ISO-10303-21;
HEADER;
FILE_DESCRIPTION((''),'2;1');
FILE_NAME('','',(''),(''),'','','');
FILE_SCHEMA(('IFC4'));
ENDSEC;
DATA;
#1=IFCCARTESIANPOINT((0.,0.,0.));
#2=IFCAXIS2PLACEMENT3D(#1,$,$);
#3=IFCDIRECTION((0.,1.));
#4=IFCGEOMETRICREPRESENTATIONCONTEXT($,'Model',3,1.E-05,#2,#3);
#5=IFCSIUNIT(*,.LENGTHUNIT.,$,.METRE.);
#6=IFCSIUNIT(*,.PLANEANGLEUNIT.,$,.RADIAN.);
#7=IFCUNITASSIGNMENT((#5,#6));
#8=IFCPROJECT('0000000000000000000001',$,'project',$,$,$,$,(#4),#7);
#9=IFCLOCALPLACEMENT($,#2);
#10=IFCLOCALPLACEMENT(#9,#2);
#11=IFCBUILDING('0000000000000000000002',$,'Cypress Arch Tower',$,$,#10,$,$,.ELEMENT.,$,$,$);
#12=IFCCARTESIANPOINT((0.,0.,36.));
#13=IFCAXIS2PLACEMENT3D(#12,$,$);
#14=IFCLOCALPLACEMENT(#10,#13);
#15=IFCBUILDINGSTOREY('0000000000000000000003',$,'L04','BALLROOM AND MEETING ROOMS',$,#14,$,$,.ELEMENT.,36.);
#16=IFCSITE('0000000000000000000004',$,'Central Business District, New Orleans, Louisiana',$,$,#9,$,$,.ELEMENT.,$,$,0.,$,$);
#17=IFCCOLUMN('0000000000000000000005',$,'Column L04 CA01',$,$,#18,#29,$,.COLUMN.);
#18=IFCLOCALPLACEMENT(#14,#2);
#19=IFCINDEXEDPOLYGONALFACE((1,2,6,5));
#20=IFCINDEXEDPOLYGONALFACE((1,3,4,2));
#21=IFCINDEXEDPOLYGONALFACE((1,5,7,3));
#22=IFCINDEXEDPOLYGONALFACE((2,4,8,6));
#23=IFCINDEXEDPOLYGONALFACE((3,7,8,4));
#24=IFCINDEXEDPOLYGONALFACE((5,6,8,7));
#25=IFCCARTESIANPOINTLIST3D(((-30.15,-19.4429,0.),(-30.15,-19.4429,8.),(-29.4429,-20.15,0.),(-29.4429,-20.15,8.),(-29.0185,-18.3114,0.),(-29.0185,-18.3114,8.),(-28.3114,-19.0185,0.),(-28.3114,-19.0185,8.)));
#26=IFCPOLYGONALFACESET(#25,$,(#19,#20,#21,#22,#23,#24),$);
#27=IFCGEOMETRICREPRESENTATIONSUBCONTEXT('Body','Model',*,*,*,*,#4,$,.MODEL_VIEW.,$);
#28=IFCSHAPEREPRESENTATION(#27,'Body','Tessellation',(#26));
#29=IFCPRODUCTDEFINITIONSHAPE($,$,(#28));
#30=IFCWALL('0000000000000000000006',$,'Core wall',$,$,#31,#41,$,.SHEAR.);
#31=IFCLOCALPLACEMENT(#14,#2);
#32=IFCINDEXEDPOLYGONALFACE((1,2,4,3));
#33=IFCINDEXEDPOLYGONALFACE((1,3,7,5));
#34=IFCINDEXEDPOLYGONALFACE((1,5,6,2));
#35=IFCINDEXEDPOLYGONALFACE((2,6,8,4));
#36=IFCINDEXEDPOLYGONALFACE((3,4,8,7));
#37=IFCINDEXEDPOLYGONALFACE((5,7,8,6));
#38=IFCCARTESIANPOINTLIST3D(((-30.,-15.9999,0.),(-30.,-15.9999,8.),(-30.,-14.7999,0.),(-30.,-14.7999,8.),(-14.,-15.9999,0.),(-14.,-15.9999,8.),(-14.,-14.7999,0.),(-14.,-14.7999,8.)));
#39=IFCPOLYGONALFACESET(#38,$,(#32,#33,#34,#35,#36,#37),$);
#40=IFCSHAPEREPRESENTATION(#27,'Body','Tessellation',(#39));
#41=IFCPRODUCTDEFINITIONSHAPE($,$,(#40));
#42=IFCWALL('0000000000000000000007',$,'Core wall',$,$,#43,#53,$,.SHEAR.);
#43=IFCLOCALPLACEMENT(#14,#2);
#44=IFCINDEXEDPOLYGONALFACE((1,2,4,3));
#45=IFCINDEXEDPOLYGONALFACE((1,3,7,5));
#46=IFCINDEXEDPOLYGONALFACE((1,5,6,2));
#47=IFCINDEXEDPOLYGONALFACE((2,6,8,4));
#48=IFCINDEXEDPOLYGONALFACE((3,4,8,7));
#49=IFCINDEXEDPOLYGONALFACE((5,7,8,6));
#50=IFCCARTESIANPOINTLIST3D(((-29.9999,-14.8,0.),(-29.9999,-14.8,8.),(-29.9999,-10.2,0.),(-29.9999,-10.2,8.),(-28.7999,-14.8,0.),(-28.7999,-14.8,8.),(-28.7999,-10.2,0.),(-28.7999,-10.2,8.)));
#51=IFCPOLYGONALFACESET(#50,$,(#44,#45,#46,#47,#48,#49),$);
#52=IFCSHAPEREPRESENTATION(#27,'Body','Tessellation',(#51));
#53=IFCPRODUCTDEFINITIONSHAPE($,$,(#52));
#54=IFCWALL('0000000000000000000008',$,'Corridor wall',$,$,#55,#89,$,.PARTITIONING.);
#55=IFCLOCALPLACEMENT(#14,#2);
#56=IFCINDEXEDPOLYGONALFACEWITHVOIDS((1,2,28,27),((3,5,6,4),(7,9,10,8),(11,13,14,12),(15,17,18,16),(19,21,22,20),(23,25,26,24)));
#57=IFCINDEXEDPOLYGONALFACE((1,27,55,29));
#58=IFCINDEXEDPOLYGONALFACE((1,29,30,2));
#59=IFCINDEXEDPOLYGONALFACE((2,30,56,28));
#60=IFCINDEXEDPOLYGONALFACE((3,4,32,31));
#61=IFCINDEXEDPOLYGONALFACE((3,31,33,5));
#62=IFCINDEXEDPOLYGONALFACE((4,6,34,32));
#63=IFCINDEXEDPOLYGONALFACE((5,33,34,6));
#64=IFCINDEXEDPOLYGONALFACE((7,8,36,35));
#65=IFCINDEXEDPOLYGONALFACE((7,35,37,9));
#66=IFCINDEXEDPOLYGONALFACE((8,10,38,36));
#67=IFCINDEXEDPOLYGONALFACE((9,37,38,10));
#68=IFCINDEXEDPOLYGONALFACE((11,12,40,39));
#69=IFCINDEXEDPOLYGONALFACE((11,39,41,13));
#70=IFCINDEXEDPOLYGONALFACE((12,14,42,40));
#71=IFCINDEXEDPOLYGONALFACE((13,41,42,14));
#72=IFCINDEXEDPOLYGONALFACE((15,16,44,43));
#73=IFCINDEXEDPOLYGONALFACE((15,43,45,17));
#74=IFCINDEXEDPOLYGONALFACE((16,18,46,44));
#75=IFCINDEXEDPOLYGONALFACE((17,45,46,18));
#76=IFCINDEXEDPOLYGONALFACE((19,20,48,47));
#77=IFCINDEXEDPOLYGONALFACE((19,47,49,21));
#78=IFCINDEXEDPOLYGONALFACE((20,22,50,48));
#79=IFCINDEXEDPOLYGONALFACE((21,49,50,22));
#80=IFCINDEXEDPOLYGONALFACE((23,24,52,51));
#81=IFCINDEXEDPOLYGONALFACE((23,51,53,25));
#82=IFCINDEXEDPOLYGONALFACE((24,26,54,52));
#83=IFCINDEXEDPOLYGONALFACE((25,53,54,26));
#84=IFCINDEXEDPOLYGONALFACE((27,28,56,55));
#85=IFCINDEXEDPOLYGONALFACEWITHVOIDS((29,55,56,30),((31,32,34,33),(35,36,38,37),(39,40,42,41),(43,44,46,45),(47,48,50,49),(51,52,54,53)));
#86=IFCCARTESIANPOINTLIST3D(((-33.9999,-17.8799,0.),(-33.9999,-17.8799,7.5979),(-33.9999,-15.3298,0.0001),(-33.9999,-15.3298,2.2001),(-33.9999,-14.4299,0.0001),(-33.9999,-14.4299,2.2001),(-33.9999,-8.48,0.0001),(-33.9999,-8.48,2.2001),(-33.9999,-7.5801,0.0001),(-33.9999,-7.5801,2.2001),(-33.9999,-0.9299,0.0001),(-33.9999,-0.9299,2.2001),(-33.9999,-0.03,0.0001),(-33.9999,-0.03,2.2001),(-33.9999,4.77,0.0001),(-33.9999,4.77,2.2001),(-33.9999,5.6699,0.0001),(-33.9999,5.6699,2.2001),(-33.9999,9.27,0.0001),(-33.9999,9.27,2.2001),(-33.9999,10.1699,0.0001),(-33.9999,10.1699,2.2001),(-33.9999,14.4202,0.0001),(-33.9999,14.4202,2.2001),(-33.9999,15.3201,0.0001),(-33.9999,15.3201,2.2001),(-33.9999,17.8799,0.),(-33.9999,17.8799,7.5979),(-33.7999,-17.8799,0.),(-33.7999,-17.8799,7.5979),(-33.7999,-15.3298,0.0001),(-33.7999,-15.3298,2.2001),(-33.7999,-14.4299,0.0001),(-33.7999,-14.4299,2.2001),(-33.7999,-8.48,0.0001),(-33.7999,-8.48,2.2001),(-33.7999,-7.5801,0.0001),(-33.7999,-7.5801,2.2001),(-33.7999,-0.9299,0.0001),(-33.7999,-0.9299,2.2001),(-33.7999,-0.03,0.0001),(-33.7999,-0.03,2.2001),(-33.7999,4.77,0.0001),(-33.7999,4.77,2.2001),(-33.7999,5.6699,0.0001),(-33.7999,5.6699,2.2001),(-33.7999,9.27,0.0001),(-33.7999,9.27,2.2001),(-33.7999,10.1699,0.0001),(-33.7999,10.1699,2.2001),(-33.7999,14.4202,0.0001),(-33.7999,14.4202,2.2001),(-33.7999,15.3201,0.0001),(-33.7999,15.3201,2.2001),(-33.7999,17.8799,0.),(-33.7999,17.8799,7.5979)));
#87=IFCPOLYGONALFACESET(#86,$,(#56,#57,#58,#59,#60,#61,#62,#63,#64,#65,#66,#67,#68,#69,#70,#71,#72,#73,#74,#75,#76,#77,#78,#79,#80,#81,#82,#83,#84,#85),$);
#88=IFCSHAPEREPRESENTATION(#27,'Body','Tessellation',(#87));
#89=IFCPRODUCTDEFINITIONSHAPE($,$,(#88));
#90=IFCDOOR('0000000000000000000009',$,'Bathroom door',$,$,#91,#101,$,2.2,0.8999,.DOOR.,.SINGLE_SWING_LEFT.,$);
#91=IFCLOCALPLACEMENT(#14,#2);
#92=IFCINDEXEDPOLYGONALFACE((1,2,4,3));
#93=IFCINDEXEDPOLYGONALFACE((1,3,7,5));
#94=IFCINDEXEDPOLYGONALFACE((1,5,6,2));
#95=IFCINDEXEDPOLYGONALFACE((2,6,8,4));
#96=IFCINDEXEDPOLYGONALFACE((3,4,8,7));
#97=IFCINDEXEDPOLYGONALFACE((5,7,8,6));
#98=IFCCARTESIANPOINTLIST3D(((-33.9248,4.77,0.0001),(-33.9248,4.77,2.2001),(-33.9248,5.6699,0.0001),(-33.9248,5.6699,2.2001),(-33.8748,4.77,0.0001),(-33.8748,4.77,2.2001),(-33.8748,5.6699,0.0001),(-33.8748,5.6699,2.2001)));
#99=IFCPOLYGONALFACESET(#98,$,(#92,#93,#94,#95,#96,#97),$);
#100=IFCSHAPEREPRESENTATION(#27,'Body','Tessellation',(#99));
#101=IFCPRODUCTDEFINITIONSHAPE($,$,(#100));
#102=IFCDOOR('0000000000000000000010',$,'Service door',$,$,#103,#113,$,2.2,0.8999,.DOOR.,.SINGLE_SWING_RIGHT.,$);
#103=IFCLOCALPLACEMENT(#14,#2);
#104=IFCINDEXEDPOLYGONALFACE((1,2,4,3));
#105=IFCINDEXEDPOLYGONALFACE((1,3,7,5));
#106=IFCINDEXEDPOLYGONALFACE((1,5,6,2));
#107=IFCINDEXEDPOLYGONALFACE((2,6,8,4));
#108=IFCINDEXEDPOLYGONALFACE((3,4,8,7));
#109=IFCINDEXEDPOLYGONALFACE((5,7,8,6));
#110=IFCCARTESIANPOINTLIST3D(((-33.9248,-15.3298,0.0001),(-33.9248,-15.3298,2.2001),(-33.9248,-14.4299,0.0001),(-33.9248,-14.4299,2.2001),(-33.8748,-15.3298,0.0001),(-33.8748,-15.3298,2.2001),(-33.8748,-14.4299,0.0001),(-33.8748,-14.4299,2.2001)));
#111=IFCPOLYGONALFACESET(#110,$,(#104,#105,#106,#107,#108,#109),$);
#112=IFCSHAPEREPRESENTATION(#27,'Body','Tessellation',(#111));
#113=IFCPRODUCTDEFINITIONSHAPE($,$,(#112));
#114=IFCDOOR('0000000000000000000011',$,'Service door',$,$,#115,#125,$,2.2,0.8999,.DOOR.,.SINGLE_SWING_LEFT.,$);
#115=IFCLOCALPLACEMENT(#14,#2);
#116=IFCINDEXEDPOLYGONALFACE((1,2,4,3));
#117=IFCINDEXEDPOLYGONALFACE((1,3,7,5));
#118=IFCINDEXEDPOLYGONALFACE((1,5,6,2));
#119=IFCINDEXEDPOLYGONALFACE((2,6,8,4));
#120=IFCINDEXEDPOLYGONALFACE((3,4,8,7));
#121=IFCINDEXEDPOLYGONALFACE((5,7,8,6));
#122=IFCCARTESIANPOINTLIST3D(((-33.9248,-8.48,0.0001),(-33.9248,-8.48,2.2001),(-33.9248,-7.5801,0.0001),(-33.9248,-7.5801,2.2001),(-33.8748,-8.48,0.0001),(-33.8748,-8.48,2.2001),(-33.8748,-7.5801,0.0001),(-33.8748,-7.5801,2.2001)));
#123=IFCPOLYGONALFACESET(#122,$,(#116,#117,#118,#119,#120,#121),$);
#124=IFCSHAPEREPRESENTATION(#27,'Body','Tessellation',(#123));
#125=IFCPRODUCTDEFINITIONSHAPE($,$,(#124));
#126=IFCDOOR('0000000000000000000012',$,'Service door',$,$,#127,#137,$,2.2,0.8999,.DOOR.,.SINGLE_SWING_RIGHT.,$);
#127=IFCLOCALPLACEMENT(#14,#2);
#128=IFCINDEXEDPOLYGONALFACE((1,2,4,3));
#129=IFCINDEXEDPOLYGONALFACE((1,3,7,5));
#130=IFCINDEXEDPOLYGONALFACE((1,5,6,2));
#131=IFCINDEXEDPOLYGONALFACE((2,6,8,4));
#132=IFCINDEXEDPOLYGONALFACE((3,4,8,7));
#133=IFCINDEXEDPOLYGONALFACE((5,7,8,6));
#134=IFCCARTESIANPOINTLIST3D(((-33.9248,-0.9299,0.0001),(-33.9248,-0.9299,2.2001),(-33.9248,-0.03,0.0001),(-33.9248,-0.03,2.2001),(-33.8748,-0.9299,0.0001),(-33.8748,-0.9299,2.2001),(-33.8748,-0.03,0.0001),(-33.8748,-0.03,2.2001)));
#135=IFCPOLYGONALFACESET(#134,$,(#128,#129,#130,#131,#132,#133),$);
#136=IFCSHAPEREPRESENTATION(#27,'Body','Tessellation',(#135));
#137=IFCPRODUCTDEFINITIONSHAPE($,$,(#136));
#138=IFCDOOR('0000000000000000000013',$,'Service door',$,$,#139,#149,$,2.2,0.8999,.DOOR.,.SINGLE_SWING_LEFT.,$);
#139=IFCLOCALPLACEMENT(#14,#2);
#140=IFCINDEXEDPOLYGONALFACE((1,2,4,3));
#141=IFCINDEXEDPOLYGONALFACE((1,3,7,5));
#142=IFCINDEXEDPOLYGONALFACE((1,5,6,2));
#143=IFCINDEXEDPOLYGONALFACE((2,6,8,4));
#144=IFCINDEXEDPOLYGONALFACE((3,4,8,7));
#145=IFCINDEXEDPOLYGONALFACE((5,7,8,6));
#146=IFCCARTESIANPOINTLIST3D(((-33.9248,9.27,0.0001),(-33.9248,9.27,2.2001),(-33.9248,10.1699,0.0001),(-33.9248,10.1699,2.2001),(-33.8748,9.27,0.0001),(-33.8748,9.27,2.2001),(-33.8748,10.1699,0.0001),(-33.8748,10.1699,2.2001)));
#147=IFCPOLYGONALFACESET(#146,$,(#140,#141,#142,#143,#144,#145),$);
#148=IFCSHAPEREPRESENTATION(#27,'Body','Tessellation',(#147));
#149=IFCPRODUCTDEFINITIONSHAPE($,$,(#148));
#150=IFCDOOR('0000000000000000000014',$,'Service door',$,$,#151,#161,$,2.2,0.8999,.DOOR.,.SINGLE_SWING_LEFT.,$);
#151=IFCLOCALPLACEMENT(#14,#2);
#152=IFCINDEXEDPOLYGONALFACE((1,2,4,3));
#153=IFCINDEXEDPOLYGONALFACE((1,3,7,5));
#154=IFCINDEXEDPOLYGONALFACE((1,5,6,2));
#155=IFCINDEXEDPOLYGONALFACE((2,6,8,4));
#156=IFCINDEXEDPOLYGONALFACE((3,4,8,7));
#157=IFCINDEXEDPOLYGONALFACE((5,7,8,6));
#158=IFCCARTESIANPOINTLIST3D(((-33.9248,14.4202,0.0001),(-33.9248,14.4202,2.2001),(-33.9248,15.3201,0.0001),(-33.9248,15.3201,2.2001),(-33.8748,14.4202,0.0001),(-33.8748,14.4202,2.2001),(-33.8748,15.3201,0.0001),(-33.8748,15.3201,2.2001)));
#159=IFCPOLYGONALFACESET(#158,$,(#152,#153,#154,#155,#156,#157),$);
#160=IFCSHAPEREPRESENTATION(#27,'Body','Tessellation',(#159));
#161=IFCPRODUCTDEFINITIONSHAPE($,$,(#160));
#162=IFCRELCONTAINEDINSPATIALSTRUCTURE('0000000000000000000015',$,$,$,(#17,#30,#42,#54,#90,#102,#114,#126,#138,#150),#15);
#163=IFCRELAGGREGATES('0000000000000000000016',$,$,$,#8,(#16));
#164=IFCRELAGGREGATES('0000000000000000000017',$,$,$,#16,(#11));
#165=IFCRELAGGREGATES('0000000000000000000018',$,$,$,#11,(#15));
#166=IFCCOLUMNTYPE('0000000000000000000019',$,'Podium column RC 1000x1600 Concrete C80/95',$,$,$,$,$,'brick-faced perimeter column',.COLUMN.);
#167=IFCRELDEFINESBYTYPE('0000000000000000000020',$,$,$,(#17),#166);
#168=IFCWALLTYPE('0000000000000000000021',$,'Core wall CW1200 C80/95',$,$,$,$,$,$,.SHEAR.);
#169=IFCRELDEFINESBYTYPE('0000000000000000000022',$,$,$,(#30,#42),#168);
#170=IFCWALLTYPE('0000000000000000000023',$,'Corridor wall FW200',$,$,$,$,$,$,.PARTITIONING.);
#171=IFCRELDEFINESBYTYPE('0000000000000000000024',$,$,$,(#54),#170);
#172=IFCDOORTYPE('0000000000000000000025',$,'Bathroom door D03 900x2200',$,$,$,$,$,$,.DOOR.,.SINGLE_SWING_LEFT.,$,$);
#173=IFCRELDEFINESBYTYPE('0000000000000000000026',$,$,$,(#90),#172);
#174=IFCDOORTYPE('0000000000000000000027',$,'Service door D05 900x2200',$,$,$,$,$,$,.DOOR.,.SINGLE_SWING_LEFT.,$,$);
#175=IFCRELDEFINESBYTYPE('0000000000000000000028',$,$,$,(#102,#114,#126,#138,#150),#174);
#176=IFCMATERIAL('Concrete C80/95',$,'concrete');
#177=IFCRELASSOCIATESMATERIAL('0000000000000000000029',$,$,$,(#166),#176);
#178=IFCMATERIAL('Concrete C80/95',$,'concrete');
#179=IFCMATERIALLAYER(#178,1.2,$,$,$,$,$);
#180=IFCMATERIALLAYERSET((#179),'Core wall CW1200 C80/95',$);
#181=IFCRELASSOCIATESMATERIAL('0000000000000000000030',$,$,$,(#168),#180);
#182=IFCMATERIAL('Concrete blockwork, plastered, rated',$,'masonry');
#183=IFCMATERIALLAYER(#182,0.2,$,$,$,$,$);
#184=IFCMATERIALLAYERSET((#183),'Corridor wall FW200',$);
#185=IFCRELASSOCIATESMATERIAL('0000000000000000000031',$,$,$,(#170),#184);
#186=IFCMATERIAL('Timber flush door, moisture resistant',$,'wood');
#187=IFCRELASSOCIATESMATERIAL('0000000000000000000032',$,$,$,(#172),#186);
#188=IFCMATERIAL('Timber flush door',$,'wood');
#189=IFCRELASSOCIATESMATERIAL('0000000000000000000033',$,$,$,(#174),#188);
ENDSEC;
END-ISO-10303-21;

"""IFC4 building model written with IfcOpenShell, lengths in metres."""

from ifc_helpers import new_model, si_unit, direction, frame, frame_2d, origin, origin_2d, place, context, subcontext, project, spatial, rectangle, extrude, material, layer, layer_set, material_profile, profile_set, type_object, element, fill, save


model = new_model("IFC4")

# Units and contexts
model_context = context("Model", 3, precision=1e-05, world=origin(), true_north=direction((0.0, 1.0)))
body_context = subcontext(model_context, "Body", "Model", "MODEL_VIEW")
ifc_project = project(units=[si_unit("LENGTHUNIT", "METRE"), si_unit("PLANEANGLEUNIT", "RADIAN")], contexts=[model_context])

# Site, building, storey
site_placement = place(None, origin())
site = spatial("IfcSite", under=ifc_project, at=site_placement, Name="Central Business District, New Orleans, Louisiana", CompositionType="ELEMENT", RefElevation=0.0)
building_placement = place(site_placement, origin())
building = spatial("IfcBuilding", under=site, at=building_placement, Name="Cypress Arch Tower", CompositionType="ELEMENT")
storey_placement = place(building_placement, frame((0.0, 0.0, 36.0)))
storey = spatial("IfcBuildingStorey", under=building, at=storey_placement, Name="L04", Description="BALLROOM AND MEETING ROOMS", CompositionType="ELEMENT", Elevation=36.0)

# Column
ifc_material_1 = material(Name="Concrete C80/95", Category="concrete")
ifc_material_profile = material_profile(ifc_material_1, rectangle(XDim=1.0, YDim=1.6001, at=origin_2d()), Name="RC 1000x1600")
ifc_profile_set = profile_set([ifc_material_profile], Name="Concrete C80/95")
column_type = type_object("IfcColumnType", Name="Podium column RC 1000x1600 Concrete C80/95", ElementType="brick-faced perimeter column", PredefinedType="COLUMN", material=ifc_profile_set)
column_placement = place(storey_placement, frame((-29.2307, -19.2307, 0.0), z_axis=(0.0, 0.0, 1.0), x_axis=(0.707107, -0.707107, 0.0)))
element("IfcColumn", 1, at=column_placement, inside=storey, type_object=column_type, Name="Column L04 CA01", PredefinedType="COLUMN", context=body_context, shape_type="SweptSolid", body=[
    extrude(rectangle(XDim=1.0, YDim=1.6001, at=origin_2d()), origin(), (0.0, 0.0, 1.0), 8.0),
])

# Walls
ifc_material_2 = material(Name="Concrete C80/95", Category="concrete")
ifc_layer_1 = layer(ifc_material_2, 1.2)
ifc_layer_set_1 = layer_set([ifc_layer_1], Name="Core wall CW1200 C80/95")
wall_type_1 = type_object("IfcWallType", Name="Core wall CW1200 C80/95", PredefinedType="SHEAR", material=ifc_layer_set_1)
wall_1_placement = place(storey_placement, frame((-30.0, -15.3999, 0.0), z_axis=(0.0, 0.0, 1.0), x_axis=(1.0, 0.0, 0.0)))
element("IfcWall", 2, at=wall_1_placement, inside=storey, type_object=wall_type_1, Name="Core wall", PredefinedType="SHEAR", context=body_context, shape_type="SweptSolid", body=[
    extrude(rectangle(XDim=16.0, YDim=1.2, at=frame_2d((8.0, 0.0))), origin(), (0.0, 0.0, 1.0), 8.0),
])
wall_2_placement = place(storey_placement, frame((-29.3999, -14.8, 0.0), z_axis=(0.0, 0.0, 1.0), x_axis=(0.0, 1.0, 0.0)))
element("IfcWall", 3, at=wall_2_placement, inside=storey, type_object=wall_type_1, Name="Core wall", PredefinedType="SHEAR", context=body_context, shape_type="SweptSolid", body=[
    extrude(rectangle(XDim=4.6001, YDim=1.2, at=frame_2d((2.3, 0.0))), origin(), (0.0, 0.0, 1.0), 8.0),
])

# Wall, openings, doors
ifc_material_3 = material(Name="Concrete blockwork, plastered, rated", Category="masonry")
ifc_layer_2 = layer(ifc_material_3, 0.2)
ifc_layer_set_2 = layer_set([ifc_layer_2], Name="Corridor wall FW200")
wall_type_2 = type_object("IfcWallType", Name="Corridor wall FW200", PredefinedType="PARTITIONING", material=ifc_layer_set_2)
wall_3_placement = place(storey_placement, frame((-33.8999, -17.8799, 0.0), z_axis=(0.0, 0.0, 1.0), x_axis=(0.0, 1.0, 0.0)))
wall_3 = element("IfcWall", 4, at=wall_3_placement, inside=storey, type_object=wall_type_2, Name="Corridor wall", PredefinedType="PARTITIONING", context=body_context, shape_type="SweptSolid", body=[
    extrude(rectangle(XDim=35.7598, YDim=0.2, at=frame_2d((17.8799, 0.0))), origin(), (0.0, 0.0, 1.0), 7.5979),
])
opening_1_placement = place(wall_3_placement, frame((2.55, 0.0, 0.0)))
opening_1 = element("IfcOpeningElement", 5, at=opening_1_placement, cuts=wall_3, PredefinedType="OPENING", context=body_context, shape_type="SweptSolid", body=[
    extrude(rectangle(XDim=0.8999, YDim=2.2, at=frame_2d((0.45, 1.1001))), frame((0.0, 0.1099, 0.0), z_axis=(0.0, -1.0, 0.0), x_axis=(1.0, 0.0, 0.0)), (0.0, 0.0, 1.0), 0.22),
])
opening_2_placement = place(wall_3_placement, frame((9.3999, 0.0, 0.0)))
opening_2 = element("IfcOpeningElement", 6, at=opening_2_placement, cuts=wall_3, PredefinedType="OPENING", context=body_context, shape_type="SweptSolid", body=[
    extrude(rectangle(XDim=0.8999, YDim=2.2, at=frame_2d((0.45, 1.1001))), frame((0.0, 0.1099, 0.0), z_axis=(0.0, -1.0, 0.0), x_axis=(1.0, 0.0, 0.0)), (0.0, 0.0, 1.0), 0.22),
])
opening_3_placement = place(wall_3_placement, frame((16.95, 0.0, 0.0)))
opening_3 = element("IfcOpeningElement", 7, at=opening_3_placement, cuts=wall_3, PredefinedType="OPENING", context=body_context, shape_type="SweptSolid", body=[
    extrude(rectangle(XDim=0.8999, YDim=2.2, at=frame_2d((0.45, 1.1001))), frame((0.0, 0.1099, 0.0), z_axis=(0.0, -1.0, 0.0), x_axis=(1.0, 0.0, 0.0)), (0.0, 0.0, 1.0), 0.22),
])
opening_4_placement = place(wall_3_placement, frame((22.6499, 0.0, 0.0)))
opening_4 = element("IfcOpeningElement", 8, at=opening_4_placement, cuts=wall_3, PredefinedType="OPENING", context=body_context, shape_type="SweptSolid", body=[
    extrude(rectangle(XDim=0.8999, YDim=2.2, at=frame_2d((0.45, 1.1001))), frame((0.0, 0.1099, 0.0), z_axis=(0.0, -1.0, 0.0), x_axis=(1.0, 0.0, 0.0)), (0.0, 0.0, 1.0), 0.22),
])
opening_5_placement = place(wall_3_placement, frame((27.1499, 0.0, 0.0)))
opening_5 = element("IfcOpeningElement", 9, at=opening_5_placement, cuts=wall_3, PredefinedType="OPENING", context=body_context, shape_type="SweptSolid", body=[
    extrude(rectangle(XDim=0.8999, YDim=2.2, at=frame_2d((0.45, 1.1001))), frame((0.0, 0.1099, 0.0), z_axis=(0.0, -1.0, 0.0), x_axis=(1.0, 0.0, 0.0)), (0.0, 0.0, 1.0), 0.22),
])
opening_6_placement = place(wall_3_placement, frame((32.3, 0.0, 0.0)))
opening_6 = element("IfcOpeningElement", 10, at=opening_6_placement, cuts=wall_3, PredefinedType="OPENING", context=body_context, shape_type="SweptSolid", body=[
    extrude(rectangle(XDim=0.8999, YDim=2.2, at=frame_2d((0.45, 1.1001))), frame((0.0, 0.1099, 0.0), z_axis=(0.0, -1.0, 0.0), x_axis=(1.0, 0.0, 0.0)), (0.0, 0.0, 1.0), 0.22),
])
ifc_material_4 = material(Name="Timber flush door, moisture resistant", Category="wood")
door_type_1 = type_object("IfcDoorType", Name="Bathroom door D03 900x2200", OperationType="SINGLE_SWING_LEFT", PredefinedType="DOOR", material=ifc_material_4)
door_1_placement = place(opening_4_placement, origin())
door_1 = element("IfcDoor", 11, at=door_1_placement, inside=storey, type_object=door_type_1, Name="Bathroom door", OperationType="SINGLE_SWING_LEFT", OverallHeight=2.2, OverallWidth=0.8999, PredefinedType="DOOR", context=body_context, shape_type="SweptSolid", body=[
    extrude(rectangle(XDim=0.8999, YDim=2.2, at=frame_2d((0.45, 1.1001))), frame((0.0, 0.0249, 0.0), z_axis=(0.0, -1.0, 0.0), x_axis=(1.0, 0.0, 0.0)), (0.0, 0.0, 1.0), 0.05),
])
fill(opening_4, door_1)
ifc_material_5 = material(Name="Timber flush door", Category="wood")
door_type_2 = type_object("IfcDoorType", Name="Service door D05 900x2200", OperationType="SINGLE_SWING_LEFT", PredefinedType="DOOR", material=ifc_material_5)
door_2_placement = place(opening_1_placement, origin())
door_2 = element("IfcDoor", 12, at=door_2_placement, inside=storey, type_object=door_type_2, Name="Service door", OperationType="SINGLE_SWING_RIGHT", OverallHeight=2.2, OverallWidth=0.8999, PredefinedType="DOOR", context=body_context, shape_type="SweptSolid", body=[
    extrude(rectangle(XDim=0.8999, YDim=2.2, at=frame_2d((0.45, 1.1001))), frame((0.0, 0.0249, 0.0), z_axis=(0.0, -1.0, 0.0), x_axis=(1.0, 0.0, 0.0)), (0.0, 0.0, 1.0), 0.05),
])
fill(opening_1, door_2)
door_3_placement = place(opening_2_placement, origin())
door_3 = element("IfcDoor", 13, at=door_3_placement, inside=storey, type_object=door_type_2, Name="Service door", OperationType="SINGLE_SWING_LEFT", OverallHeight=2.2, OverallWidth=0.8999, PredefinedType="DOOR", context=body_context, shape_type="SweptSolid", body=[
    extrude(rectangle(XDim=0.8999, YDim=2.2, at=frame_2d((0.45, 1.1001))), frame((0.0, 0.0249, 0.0), z_axis=(0.0, -1.0, 0.0), x_axis=(1.0, 0.0, 0.0)), (0.0, 0.0, 1.0), 0.05),
])
fill(opening_2, door_3)
door_4_placement = place(opening_3_placement, origin())
door_4 = element("IfcDoor", 14, at=door_4_placement, inside=storey, type_object=door_type_2, Name="Service door", OperationType="SINGLE_SWING_RIGHT", OverallHeight=2.2, OverallWidth=0.8999, PredefinedType="DOOR", context=body_context, shape_type="SweptSolid", body=[
    extrude(rectangle(XDim=0.8999, YDim=2.2, at=frame_2d((0.45, 1.1001))), frame((0.0, 0.0249, 0.0), z_axis=(0.0, -1.0, 0.0), x_axis=(1.0, 0.0, 0.0)), (0.0, 0.0, 1.0), 0.05),
])
fill(opening_3, door_4)
door_5_placement = place(opening_5_placement, origin())
door_5 = element("IfcDoor", 15, at=door_5_placement, inside=storey, type_object=door_type_2, Name="Service door", OperationType="SINGLE_SWING_LEFT", OverallHeight=2.2, OverallWidth=0.8999, PredefinedType="DOOR", context=body_context, shape_type="SweptSolid", body=[
    extrude(rectangle(XDim=0.8999, YDim=2.2, at=frame_2d((0.45, 1.1001))), frame((0.0, 0.0249, 0.0), z_axis=(0.0, -1.0, 0.0), x_axis=(1.0, 0.0, 0.0)), (0.0, 0.0, 1.0), 0.05),
])
fill(opening_5, door_5)
door_6_placement = place(opening_6_placement, origin())
door_6 = element("IfcDoor", 16, at=door_6_placement, inside=storey, type_object=door_type_2, Name="Service door", OperationType="SINGLE_SWING_LEFT", OverallHeight=2.2, OverallWidth=0.8999, PredefinedType="DOOR", context=body_context, shape_type="SweptSolid", body=[
    extrude(rectangle(XDim=0.8999, YDim=2.2, at=frame_2d((0.45, 1.1001))), frame((0.0, 0.0249, 0.0), z_axis=(0.0, -1.0, 0.0), x_axis=(1.0, 0.0, 0.0)), (0.0, 0.0, 1.0), 0.05),
])
fill(opening_6, door_6)

save(model, "model.ifc")
